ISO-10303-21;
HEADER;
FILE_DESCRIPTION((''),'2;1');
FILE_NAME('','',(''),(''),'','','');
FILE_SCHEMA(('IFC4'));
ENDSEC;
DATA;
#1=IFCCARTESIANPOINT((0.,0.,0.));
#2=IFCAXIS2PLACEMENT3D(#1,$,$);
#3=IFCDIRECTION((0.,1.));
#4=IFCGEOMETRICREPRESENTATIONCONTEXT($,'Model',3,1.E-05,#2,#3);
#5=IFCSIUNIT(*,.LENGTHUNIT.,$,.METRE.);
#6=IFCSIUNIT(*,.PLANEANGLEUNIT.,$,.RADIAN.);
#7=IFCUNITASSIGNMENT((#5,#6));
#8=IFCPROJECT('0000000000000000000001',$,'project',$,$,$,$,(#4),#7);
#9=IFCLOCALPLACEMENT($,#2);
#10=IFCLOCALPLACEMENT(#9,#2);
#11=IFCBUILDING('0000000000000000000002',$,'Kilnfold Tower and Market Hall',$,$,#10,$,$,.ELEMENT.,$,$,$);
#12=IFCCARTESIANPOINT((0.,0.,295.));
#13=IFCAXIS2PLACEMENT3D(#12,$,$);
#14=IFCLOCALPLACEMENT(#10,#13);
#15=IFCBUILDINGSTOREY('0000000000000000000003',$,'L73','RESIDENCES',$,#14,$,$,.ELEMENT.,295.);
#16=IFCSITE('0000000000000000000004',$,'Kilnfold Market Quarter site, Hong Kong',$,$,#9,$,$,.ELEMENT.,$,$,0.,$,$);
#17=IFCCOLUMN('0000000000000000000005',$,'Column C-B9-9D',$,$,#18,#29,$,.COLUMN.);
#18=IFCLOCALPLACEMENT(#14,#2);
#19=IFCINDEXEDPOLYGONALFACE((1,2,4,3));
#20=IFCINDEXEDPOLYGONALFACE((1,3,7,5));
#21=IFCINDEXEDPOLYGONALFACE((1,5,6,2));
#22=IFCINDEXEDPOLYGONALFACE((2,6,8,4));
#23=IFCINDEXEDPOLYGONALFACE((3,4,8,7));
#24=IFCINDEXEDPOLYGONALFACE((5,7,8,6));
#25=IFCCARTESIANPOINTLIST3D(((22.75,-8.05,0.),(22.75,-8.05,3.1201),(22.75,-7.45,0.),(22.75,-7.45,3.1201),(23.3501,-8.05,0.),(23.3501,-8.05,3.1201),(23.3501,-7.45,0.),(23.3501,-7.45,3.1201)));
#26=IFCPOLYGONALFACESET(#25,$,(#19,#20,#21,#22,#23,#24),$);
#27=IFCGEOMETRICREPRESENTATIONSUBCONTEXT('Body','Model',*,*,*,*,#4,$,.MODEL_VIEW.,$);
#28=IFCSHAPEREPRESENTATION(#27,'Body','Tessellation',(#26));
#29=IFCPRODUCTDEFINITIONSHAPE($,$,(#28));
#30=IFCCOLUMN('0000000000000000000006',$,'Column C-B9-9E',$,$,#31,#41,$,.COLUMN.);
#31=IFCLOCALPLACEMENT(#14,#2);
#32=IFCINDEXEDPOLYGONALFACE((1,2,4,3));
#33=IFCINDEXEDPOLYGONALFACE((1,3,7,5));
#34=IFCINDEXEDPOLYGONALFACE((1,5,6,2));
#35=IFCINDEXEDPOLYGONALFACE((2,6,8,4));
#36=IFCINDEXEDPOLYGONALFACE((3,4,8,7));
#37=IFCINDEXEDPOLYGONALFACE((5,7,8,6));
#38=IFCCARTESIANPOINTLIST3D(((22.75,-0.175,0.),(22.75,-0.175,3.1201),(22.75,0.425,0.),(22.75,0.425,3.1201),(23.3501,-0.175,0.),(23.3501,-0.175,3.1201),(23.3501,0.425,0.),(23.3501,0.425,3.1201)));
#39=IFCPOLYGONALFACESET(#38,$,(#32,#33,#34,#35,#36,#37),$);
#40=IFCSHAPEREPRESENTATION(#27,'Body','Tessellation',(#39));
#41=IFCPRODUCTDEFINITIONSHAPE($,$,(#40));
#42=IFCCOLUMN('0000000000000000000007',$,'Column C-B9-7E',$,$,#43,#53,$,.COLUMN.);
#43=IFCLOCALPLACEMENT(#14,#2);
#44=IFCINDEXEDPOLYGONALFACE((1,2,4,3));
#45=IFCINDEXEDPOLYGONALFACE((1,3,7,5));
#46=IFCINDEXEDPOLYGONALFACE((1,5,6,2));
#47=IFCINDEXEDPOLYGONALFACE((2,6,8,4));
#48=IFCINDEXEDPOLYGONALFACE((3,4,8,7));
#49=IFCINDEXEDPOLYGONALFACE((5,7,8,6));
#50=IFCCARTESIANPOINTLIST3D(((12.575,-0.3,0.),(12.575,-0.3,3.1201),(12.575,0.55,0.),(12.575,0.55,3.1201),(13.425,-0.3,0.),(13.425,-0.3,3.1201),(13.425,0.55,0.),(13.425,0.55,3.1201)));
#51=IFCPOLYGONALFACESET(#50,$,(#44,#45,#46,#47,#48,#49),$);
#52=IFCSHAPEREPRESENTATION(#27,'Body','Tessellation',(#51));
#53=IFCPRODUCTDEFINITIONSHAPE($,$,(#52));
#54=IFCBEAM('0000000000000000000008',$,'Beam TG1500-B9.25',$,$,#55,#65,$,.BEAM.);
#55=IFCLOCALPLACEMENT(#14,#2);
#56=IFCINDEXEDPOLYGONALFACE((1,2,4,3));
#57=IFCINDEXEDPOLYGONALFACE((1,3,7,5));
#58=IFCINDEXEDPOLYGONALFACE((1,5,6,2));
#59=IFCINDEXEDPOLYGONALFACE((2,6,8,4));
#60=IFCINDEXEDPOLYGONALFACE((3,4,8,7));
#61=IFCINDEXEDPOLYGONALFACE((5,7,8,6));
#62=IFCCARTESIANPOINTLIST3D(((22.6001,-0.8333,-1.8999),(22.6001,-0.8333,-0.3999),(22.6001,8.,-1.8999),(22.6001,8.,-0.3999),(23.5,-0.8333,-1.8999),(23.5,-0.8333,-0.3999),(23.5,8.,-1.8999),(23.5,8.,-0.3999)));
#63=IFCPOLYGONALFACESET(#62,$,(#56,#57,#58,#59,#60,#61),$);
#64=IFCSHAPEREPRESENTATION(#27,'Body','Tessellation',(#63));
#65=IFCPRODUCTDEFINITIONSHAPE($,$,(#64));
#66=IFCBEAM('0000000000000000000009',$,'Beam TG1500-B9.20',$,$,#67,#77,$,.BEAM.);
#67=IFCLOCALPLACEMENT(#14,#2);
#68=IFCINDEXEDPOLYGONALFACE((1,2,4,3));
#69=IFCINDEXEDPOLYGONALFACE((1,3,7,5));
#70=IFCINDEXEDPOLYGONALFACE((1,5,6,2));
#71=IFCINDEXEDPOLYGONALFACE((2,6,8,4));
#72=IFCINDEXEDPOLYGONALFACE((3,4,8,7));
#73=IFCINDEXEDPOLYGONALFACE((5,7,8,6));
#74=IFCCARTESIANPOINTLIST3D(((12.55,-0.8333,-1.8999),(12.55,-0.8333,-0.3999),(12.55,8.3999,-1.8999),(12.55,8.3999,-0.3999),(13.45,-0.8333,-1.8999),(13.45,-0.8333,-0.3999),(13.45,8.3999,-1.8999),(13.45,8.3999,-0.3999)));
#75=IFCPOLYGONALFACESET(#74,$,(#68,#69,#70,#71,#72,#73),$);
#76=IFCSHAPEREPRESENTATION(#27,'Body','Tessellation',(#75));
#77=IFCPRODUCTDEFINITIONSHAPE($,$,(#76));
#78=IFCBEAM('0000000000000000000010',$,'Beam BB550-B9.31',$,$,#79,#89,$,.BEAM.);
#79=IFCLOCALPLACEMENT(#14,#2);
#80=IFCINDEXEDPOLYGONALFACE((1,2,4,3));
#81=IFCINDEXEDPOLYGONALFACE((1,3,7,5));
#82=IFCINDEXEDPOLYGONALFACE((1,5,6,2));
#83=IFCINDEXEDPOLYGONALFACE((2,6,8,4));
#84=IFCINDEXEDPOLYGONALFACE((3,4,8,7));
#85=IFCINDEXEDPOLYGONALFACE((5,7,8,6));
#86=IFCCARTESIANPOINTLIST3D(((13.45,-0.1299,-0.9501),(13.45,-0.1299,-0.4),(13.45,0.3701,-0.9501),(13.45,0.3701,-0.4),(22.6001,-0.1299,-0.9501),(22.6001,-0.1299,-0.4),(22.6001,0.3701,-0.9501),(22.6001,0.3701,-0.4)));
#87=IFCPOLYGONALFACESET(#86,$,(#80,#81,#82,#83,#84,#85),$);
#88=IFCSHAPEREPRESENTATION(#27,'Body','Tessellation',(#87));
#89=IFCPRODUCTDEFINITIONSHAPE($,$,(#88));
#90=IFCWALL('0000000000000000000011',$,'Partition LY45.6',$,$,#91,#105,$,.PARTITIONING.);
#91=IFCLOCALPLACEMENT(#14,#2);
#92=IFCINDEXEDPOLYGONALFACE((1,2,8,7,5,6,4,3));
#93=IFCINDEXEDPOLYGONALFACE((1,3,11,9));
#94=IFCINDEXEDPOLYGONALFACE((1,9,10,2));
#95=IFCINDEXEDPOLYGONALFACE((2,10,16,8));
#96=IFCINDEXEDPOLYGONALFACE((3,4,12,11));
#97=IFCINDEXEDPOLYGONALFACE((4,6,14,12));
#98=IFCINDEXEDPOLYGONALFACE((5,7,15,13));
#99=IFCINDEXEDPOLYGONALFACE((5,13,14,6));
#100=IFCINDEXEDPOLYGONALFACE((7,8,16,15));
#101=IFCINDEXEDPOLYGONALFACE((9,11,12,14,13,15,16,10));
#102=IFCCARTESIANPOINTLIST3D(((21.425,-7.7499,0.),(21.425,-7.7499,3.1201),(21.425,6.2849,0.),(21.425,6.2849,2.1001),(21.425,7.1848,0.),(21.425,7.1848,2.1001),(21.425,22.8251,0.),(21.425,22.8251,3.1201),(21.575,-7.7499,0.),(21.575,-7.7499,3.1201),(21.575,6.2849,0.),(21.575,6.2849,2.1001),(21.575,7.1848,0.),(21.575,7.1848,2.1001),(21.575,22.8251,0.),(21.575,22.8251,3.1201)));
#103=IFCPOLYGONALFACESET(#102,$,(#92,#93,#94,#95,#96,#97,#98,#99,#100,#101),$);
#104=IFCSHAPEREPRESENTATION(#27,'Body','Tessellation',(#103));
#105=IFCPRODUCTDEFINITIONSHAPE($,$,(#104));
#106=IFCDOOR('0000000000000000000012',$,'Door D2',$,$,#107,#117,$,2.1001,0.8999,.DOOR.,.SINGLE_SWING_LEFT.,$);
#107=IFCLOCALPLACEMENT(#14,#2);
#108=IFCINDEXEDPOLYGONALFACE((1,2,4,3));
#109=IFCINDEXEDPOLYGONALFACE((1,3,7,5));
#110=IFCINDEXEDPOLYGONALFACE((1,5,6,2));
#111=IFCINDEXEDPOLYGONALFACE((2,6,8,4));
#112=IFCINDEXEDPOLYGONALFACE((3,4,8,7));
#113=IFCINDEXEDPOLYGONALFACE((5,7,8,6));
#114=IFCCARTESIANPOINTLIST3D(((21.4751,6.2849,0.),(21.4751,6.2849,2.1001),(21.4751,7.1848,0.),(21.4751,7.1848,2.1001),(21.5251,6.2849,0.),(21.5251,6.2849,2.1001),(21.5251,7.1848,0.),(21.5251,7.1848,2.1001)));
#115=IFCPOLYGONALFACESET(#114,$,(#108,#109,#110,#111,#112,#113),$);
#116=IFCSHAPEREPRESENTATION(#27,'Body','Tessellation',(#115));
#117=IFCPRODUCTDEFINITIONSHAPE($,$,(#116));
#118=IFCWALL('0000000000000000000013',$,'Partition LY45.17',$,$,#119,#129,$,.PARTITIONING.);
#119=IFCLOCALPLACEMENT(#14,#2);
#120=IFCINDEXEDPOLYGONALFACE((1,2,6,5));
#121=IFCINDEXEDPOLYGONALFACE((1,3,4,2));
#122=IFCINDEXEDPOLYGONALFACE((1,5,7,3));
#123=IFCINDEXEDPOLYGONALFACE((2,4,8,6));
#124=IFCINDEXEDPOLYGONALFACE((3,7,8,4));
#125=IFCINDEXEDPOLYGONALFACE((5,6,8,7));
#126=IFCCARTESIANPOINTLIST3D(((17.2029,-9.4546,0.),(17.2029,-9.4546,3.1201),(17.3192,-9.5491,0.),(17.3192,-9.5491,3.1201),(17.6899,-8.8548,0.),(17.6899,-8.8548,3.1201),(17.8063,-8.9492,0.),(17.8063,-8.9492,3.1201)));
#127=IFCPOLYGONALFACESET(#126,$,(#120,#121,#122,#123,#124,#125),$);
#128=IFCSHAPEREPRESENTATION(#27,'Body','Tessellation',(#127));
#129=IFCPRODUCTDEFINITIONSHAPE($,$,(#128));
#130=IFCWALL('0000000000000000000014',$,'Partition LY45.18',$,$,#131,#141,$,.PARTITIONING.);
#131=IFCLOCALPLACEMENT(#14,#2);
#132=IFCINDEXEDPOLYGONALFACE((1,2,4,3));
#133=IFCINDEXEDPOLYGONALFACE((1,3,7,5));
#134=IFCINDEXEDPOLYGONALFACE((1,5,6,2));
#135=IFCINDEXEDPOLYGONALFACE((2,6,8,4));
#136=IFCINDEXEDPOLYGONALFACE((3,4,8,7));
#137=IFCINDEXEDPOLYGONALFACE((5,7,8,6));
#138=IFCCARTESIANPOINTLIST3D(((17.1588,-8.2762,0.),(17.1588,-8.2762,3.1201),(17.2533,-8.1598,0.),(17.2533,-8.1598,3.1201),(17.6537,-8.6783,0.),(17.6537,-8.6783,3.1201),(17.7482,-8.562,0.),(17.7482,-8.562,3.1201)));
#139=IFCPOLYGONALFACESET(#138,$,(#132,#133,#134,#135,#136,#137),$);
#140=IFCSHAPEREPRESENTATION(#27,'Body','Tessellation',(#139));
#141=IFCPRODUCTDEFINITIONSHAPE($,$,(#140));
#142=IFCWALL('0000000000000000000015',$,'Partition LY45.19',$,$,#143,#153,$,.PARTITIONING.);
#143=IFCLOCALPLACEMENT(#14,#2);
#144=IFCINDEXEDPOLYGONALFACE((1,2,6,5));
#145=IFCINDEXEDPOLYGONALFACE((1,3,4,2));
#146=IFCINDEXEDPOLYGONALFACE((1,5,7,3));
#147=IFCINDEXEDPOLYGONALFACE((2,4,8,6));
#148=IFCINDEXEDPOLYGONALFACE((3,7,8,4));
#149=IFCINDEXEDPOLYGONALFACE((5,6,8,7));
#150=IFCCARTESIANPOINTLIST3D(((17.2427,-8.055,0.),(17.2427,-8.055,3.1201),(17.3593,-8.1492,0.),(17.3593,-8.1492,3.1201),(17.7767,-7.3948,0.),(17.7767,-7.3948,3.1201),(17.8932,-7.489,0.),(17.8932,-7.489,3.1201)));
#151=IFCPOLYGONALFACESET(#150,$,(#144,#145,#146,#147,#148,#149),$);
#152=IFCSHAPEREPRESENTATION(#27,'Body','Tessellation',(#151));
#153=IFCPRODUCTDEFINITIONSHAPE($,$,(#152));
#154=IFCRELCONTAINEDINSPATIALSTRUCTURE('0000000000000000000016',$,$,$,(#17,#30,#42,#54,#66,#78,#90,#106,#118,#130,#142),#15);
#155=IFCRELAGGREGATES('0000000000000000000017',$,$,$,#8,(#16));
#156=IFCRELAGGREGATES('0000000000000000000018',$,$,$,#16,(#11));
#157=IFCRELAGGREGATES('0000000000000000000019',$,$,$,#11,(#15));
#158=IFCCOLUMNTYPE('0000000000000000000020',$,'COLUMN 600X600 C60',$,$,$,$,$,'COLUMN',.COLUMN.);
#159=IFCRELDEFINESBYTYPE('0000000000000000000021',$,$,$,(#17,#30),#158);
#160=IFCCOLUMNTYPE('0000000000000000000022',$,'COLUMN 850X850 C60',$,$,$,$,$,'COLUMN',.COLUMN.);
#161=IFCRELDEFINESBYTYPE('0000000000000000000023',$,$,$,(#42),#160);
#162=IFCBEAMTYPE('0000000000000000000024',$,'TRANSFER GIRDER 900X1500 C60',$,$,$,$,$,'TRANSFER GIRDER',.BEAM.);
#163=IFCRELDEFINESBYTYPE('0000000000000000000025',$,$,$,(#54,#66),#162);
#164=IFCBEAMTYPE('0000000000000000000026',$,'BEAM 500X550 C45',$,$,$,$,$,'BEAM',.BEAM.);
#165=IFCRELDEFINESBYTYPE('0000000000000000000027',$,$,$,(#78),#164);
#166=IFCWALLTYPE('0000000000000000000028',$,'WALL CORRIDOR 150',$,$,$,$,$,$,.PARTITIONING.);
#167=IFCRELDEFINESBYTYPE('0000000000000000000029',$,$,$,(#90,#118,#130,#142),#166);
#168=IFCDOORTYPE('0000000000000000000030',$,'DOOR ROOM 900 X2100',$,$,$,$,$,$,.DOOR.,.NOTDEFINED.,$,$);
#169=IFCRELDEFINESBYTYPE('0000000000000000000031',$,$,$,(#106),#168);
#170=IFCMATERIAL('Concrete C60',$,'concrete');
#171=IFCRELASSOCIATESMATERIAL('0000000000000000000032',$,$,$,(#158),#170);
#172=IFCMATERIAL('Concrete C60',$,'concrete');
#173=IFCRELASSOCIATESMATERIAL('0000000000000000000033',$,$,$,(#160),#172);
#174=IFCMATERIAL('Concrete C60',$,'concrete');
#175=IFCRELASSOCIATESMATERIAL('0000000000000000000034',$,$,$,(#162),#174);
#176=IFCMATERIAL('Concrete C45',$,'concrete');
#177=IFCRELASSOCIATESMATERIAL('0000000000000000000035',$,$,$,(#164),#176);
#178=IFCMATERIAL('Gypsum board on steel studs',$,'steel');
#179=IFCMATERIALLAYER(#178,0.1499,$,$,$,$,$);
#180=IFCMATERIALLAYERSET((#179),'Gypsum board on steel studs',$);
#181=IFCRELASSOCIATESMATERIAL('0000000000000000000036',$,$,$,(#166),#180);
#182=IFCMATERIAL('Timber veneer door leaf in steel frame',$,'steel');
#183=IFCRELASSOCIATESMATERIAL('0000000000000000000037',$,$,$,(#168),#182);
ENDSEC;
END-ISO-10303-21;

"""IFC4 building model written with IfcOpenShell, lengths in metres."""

from ifc_helpers import new_model, si_unit, direction, frame, frame_2d, origin, origin_2d, place, context, subcontext, project, spatial, rectangle, extrude, source, transform, mapped, material, layer, layer_set, material_profile, profile_set, type_object, element, fill, save


model = new_model("IFC4")

# Units and contexts
model_context = context("Model", 3, precision=1e-05, world=origin(), true_north=direction((0.0, 1.0)))
body_context = subcontext(model_context, "Body", "Model", "MODEL_VIEW")
ifc_project = project(units=[si_unit("LENGTHUNIT", "METRE"), si_unit("PLANEANGLEUNIT", "RADIAN")], contexts=[model_context])

# Site, building, storey
site_placement = place(None, origin())
site = spatial("IfcSite", under=ifc_project, at=site_placement, Name="Kilnfold Market Quarter site, Hong Kong", CompositionType="ELEMENT", RefElevation=0.0)
building_placement = place(site_placement, origin())
building = spatial("IfcBuilding", under=site, at=building_placement, Name="Kilnfold Tower and Market Hall", CompositionType="ELEMENT")
storey_placement = place(building_placement, frame((0.0, 0.0, 295.0)))
storey = spatial("IfcBuildingStorey", under=building, at=storey_placement, Name="L73", Description="RESIDENCES", CompositionType="ELEMENT", Elevation=295.0)

# Columns
ifc_material_1 = material(Name="Concrete C60", Category="concrete")
ifc_material_profile_1 = material_profile(ifc_material_1, rectangle(XDim=0.6001, YDim=0.6001, at=origin_2d()), Name="RC 600x600")
ifc_profile_set_1 = profile_set([ifc_material_profile_1], Name="Concrete C60")
column_type_1 = type_object("IfcColumnType", Name="COLUMN 600X600 C60", ElementType="COLUMN", PredefinedType="COLUMN", material=ifc_profile_set_1)
shared_shape_1 = source(origin(), body_context, "Body", "SweptSolid", [
    extrude(rectangle(XDim=0.6001, YDim=0.6001, at=origin_2d()), origin(), (0.0, 0.0, 1.0), 3.1201),
])
for number, where, z_axis, x_axis, name in (
    (1, (23.05, -7.75, 0.0), (0.0, 0.0, 1.0), (1.0, 0.0, 0.0), "Column C-B9-9D"),
    (2, (23.05, 0.125, 0.0), (0.0, 0.0, 1.0), (1.0, 0.0, 0.0), "Column C-B9-9E"),
):
    element("IfcColumn", number, at=place(storey_placement, frame(where, z_axis=z_axis, x_axis=x_axis)), inside=storey, type_object=column_type_1, Name=name, PredefinedType="COLUMN", context=body_context, shape_type="MappedRepresentation", body=[
        mapped(shared_shape_1, transform((0.0, 0.0, 0.0))),
    ])
ifc_material_2 = material(Name="Concrete C60", Category="concrete")
ifc_material_profile_2 = material_profile(ifc_material_2, rectangle(XDim=0.8501, YDim=0.8501, at=origin_2d()), Name="RC 850x850")
ifc_profile_set_2 = profile_set([ifc_material_profile_2], Name="Concrete C60")
column_type_2 = type_object("IfcColumnType", Name="COLUMN 850X850 C60", ElementType="COLUMN", PredefinedType="COLUMN", material=ifc_profile_set_2)
shared_shape_2 = source(origin(), body_context, "Body", "SweptSolid", [
    extrude(rectangle(XDim=0.8501, YDim=0.8501, at=origin_2d()), origin(), (0.0, 0.0, 1.0), 3.1201),
])
column_placement = place(storey_placement, frame((13.0, 0.125, 0.0), z_axis=(0.0, 0.0, 1.0), x_axis=(1.0, 0.0, 0.0)))
element("IfcColumn", 3, at=column_placement, inside=storey, type_object=column_type_2, Name="Column C-B9-7E", PredefinedType="COLUMN", context=body_context, shape_type="MappedRepresentation", body=[
    mapped(shared_shape_2, transform((0.0, 0.0, 0.0))),
])

# Beams
ifc_material_3 = material(Name="Concrete C60", Category="concrete")
ifc_material_profile_3 = material_profile(ifc_material_3, rectangle(XDim=0.8999, YDim=1.5, at=origin_2d()), Name="RC 900x1500")
ifc_profile_set_3 = profile_set([ifc_material_profile_3], Name="Concrete C60")
beam_type_1 = type_object("IfcBeamType", Name="TRANSFER GIRDER 900X1500 C60", ElementType="TRANSFER GIRDER", PredefinedType="BEAM", material=ifc_profile_set_3)
shared_shape_3 = source(origin(), body_context, "Body", "SweptSolid", [
    extrude(rectangle(XDim=0.8999, YDim=1.5, at=origin_2d()), origin(), (0.0, 0.0, 1.0), 8.8333),
])
beam_1_placement = place(storey_placement, frame((23.05, -0.8333, -1.1499), z_axis=(0.0, 1.0, 0.0), x_axis=(-1.0, 0.0, 0.0)))
element("IfcBeam", 4, at=beam_1_placement, inside=storey, type_object=beam_type_1, Name="Beam TG1500-B9.25", PredefinedType="BEAM", context=body_context, shape_type="MappedRepresentation", body=[
    mapped(shared_shape_3, transform((0.0, 0.0, 0.0))),
])
shared_shape_4 = source(origin(), body_context, "Body", "SweptSolid", [
    extrude(rectangle(XDim=0.8999, YDim=1.5, at=origin_2d()), origin(), (0.0, 0.0, 1.0), 9.2332),
])
beam_2_placement = place(storey_placement, frame((13.0, -0.8333, -1.1499), z_axis=(0.0, 1.0, 0.0), x_axis=(-1.0, 0.0, 0.0)))
element("IfcBeam", 5, at=beam_2_placement, inside=storey, type_object=beam_type_1, Name="Beam TG1500-B9.20", PredefinedType="BEAM", context=body_context, shape_type="MappedRepresentation", body=[
    mapped(shared_shape_4, transform((0.0, 0.0, 0.0))),
])
ifc_material_4 = material(Name="Concrete C45", Category="concrete")
ifc_material_profile_4 = material_profile(ifc_material_4, rectangle(XDim=0.5, YDim=0.55, at=origin_2d()), Name="RC 500x550")
ifc_profile_set_4 = profile_set([ifc_material_profile_4], Name="Concrete C45")
beam_type_2 = type_object("IfcBeamType", Name="BEAM 500X550 C45", ElementType="BEAM", PredefinedType="BEAM", material=ifc_profile_set_4)
shared_shape_5 = source(origin(), body_context, "Body", "SweptSolid", [
    extrude(rectangle(XDim=0.5, YDim=0.55, at=origin_2d()), origin(), (0.0, 0.0, 1.0), 9.1501),
])
beam_3_placement = place(storey_placement, frame((13.45, 0.1201, -0.675), z_axis=(1.0, 0.0, 0.0), x_axis=(0.0, 1.0, 0.0)))
element("IfcBeam", 6, at=beam_3_placement, inside=storey, type_object=beam_type_2, Name="Beam BB550-B9.31", PredefinedType="BEAM", context=body_context, shape_type="MappedRepresentation", body=[
    mapped(shared_shape_5, transform((0.0, 0.0, 0.0))),
])

# Wall, opening, door
ifc_material_5 = material(Name="Gypsum board on steel studs", Category="steel")
ifc_layer_1 = layer(ifc_material_5, 0.1499)
ifc_layer_set_1 = layer_set([ifc_layer_1], Name="Gypsum board on steel studs")
wall_type_1 = type_object("IfcWallType", Name="WALL CORRIDOR 150", PredefinedType="PARTITIONING", material=ifc_layer_set_1)
wall_1_placement = place(storey_placement, frame((21.5, -7.75, 0.0), z_axis=(0.0, 0.0, 1.0), x_axis=(0.0, 1.0, 0.0)))
wall_1 = element("IfcWall", 7, at=wall_1_placement, inside=storey, type_object=wall_type_1, Name="Partition LY45.6", PredefinedType="PARTITIONING", context=body_context, shape_type="SweptSolid", body=[
    extrude(rectangle(XDim=30.575, YDim=0.1499, at=frame_2d((15.2876, 0.0))), origin(), (0.0, 0.0, 1.0), 3.1201),
])
opening_1_placement = place(wall_1_placement, frame((14.0349, 0.0, 0.0)))
opening_1 = element("IfcOpeningElement", 8, at=opening_1_placement, cuts=wall_1, PredefinedType="OPENING", context=body_context, shape_type="SweptSolid", body=[
    extrude(rectangle(XDim=0.8999, YDim=2.1001, at=frame_2d((0.45, 1.05))), frame((0.0, 0.085, 0.0), z_axis=(0.0, -1.0, 0.0), x_axis=(1.0, 0.0, 0.0)), (0.0, 0.0, 1.0), 0.1699),
])
ifc_material_6 = material(Name="Timber veneer door leaf in steel frame", Category="steel")
door_type_1 = type_object("IfcDoorType", Name="DOOR ROOM 900 X2100", OperationType="NOTDEFINED", PredefinedType="DOOR", material=ifc_material_6)
door_1_placement = place(opening_1_placement, origin())
door_1 = element("IfcDoor", 9, at=door_1_placement, inside=storey, type_object=door_type_1, Name="Door D2", OperationType="SINGLE_SWING_LEFT", OverallHeight=2.1001, OverallWidth=0.8999, PredefinedType="DOOR", context=body_context, shape_type="SweptSolid", body=[
    extrude(rectangle(XDim=0.8999, YDim=2.1001, at=frame_2d((0.45, 1.05))), frame((0.0, 0.0249, 0.0), z_axis=(0.0, -1.0, 0.0), x_axis=(1.0, 0.0, 0.0)), (0.0, 0.0, 1.0), 0.05),
])
fill(opening_1, door_1)

# Walls
wall_2_placement = place(storey_placement, frame((17.748, -8.9021, 0.0), z_axis=(0.0, 0.0, 1.0), x_axis=(-0.630343, -0.776317, 0.0)))
element("IfcWall", 10, at=wall_2_placement, inside=storey, type_object=wall_type_1, Name="Partition LY45.17", PredefinedType="PARTITIONING", context=body_context, shape_type="SweptSolid", body=[
    extrude(rectangle(XDim=0.7727, YDim=0.1499, at=frame_2d((0.3862, 0.0))), origin(), (0.0, 0.0, 1.0), 3.1201),
])
wall_3_placement = place(storey_placement, frame((17.2061, -8.218, 0.0), z_axis=(0.0, 0.0, 1.0), x_axis=(0.776102, -0.630607, 0.0)))
element("IfcWall", 11, at=wall_3_placement, inside=storey, type_object=wall_type_1, Name="Partition LY45.18", PredefinedType="PARTITIONING", context=body_context, shape_type="SweptSolid", body=[
    extrude(rectangle(XDim=0.6377, YDim=0.1499, at=frame_2d((0.3188, 0.0))), origin(), (0.0, 0.0, 1.0), 3.1201),
])
wall_4_placement = place(storey_placement, frame((17.835, -7.4419, 0.0), z_axis=(0.0, 0.0, 1.0), x_axis=(-0.628859, -0.777519, 0.0)))
element("IfcWall", 12, at=wall_4_placement, inside=storey, type_object=wall_type_1, Name="Partition LY45.19", PredefinedType="PARTITIONING", context=body_context, shape_type="SweptSolid", body=[
    extrude(rectangle(XDim=0.8491, YDim=0.1499, at=frame_2d((0.4246, 0.0))), origin(), (0.0, 0.0, 1.0), 3.1201),
])

save(model, "model.ifc")
